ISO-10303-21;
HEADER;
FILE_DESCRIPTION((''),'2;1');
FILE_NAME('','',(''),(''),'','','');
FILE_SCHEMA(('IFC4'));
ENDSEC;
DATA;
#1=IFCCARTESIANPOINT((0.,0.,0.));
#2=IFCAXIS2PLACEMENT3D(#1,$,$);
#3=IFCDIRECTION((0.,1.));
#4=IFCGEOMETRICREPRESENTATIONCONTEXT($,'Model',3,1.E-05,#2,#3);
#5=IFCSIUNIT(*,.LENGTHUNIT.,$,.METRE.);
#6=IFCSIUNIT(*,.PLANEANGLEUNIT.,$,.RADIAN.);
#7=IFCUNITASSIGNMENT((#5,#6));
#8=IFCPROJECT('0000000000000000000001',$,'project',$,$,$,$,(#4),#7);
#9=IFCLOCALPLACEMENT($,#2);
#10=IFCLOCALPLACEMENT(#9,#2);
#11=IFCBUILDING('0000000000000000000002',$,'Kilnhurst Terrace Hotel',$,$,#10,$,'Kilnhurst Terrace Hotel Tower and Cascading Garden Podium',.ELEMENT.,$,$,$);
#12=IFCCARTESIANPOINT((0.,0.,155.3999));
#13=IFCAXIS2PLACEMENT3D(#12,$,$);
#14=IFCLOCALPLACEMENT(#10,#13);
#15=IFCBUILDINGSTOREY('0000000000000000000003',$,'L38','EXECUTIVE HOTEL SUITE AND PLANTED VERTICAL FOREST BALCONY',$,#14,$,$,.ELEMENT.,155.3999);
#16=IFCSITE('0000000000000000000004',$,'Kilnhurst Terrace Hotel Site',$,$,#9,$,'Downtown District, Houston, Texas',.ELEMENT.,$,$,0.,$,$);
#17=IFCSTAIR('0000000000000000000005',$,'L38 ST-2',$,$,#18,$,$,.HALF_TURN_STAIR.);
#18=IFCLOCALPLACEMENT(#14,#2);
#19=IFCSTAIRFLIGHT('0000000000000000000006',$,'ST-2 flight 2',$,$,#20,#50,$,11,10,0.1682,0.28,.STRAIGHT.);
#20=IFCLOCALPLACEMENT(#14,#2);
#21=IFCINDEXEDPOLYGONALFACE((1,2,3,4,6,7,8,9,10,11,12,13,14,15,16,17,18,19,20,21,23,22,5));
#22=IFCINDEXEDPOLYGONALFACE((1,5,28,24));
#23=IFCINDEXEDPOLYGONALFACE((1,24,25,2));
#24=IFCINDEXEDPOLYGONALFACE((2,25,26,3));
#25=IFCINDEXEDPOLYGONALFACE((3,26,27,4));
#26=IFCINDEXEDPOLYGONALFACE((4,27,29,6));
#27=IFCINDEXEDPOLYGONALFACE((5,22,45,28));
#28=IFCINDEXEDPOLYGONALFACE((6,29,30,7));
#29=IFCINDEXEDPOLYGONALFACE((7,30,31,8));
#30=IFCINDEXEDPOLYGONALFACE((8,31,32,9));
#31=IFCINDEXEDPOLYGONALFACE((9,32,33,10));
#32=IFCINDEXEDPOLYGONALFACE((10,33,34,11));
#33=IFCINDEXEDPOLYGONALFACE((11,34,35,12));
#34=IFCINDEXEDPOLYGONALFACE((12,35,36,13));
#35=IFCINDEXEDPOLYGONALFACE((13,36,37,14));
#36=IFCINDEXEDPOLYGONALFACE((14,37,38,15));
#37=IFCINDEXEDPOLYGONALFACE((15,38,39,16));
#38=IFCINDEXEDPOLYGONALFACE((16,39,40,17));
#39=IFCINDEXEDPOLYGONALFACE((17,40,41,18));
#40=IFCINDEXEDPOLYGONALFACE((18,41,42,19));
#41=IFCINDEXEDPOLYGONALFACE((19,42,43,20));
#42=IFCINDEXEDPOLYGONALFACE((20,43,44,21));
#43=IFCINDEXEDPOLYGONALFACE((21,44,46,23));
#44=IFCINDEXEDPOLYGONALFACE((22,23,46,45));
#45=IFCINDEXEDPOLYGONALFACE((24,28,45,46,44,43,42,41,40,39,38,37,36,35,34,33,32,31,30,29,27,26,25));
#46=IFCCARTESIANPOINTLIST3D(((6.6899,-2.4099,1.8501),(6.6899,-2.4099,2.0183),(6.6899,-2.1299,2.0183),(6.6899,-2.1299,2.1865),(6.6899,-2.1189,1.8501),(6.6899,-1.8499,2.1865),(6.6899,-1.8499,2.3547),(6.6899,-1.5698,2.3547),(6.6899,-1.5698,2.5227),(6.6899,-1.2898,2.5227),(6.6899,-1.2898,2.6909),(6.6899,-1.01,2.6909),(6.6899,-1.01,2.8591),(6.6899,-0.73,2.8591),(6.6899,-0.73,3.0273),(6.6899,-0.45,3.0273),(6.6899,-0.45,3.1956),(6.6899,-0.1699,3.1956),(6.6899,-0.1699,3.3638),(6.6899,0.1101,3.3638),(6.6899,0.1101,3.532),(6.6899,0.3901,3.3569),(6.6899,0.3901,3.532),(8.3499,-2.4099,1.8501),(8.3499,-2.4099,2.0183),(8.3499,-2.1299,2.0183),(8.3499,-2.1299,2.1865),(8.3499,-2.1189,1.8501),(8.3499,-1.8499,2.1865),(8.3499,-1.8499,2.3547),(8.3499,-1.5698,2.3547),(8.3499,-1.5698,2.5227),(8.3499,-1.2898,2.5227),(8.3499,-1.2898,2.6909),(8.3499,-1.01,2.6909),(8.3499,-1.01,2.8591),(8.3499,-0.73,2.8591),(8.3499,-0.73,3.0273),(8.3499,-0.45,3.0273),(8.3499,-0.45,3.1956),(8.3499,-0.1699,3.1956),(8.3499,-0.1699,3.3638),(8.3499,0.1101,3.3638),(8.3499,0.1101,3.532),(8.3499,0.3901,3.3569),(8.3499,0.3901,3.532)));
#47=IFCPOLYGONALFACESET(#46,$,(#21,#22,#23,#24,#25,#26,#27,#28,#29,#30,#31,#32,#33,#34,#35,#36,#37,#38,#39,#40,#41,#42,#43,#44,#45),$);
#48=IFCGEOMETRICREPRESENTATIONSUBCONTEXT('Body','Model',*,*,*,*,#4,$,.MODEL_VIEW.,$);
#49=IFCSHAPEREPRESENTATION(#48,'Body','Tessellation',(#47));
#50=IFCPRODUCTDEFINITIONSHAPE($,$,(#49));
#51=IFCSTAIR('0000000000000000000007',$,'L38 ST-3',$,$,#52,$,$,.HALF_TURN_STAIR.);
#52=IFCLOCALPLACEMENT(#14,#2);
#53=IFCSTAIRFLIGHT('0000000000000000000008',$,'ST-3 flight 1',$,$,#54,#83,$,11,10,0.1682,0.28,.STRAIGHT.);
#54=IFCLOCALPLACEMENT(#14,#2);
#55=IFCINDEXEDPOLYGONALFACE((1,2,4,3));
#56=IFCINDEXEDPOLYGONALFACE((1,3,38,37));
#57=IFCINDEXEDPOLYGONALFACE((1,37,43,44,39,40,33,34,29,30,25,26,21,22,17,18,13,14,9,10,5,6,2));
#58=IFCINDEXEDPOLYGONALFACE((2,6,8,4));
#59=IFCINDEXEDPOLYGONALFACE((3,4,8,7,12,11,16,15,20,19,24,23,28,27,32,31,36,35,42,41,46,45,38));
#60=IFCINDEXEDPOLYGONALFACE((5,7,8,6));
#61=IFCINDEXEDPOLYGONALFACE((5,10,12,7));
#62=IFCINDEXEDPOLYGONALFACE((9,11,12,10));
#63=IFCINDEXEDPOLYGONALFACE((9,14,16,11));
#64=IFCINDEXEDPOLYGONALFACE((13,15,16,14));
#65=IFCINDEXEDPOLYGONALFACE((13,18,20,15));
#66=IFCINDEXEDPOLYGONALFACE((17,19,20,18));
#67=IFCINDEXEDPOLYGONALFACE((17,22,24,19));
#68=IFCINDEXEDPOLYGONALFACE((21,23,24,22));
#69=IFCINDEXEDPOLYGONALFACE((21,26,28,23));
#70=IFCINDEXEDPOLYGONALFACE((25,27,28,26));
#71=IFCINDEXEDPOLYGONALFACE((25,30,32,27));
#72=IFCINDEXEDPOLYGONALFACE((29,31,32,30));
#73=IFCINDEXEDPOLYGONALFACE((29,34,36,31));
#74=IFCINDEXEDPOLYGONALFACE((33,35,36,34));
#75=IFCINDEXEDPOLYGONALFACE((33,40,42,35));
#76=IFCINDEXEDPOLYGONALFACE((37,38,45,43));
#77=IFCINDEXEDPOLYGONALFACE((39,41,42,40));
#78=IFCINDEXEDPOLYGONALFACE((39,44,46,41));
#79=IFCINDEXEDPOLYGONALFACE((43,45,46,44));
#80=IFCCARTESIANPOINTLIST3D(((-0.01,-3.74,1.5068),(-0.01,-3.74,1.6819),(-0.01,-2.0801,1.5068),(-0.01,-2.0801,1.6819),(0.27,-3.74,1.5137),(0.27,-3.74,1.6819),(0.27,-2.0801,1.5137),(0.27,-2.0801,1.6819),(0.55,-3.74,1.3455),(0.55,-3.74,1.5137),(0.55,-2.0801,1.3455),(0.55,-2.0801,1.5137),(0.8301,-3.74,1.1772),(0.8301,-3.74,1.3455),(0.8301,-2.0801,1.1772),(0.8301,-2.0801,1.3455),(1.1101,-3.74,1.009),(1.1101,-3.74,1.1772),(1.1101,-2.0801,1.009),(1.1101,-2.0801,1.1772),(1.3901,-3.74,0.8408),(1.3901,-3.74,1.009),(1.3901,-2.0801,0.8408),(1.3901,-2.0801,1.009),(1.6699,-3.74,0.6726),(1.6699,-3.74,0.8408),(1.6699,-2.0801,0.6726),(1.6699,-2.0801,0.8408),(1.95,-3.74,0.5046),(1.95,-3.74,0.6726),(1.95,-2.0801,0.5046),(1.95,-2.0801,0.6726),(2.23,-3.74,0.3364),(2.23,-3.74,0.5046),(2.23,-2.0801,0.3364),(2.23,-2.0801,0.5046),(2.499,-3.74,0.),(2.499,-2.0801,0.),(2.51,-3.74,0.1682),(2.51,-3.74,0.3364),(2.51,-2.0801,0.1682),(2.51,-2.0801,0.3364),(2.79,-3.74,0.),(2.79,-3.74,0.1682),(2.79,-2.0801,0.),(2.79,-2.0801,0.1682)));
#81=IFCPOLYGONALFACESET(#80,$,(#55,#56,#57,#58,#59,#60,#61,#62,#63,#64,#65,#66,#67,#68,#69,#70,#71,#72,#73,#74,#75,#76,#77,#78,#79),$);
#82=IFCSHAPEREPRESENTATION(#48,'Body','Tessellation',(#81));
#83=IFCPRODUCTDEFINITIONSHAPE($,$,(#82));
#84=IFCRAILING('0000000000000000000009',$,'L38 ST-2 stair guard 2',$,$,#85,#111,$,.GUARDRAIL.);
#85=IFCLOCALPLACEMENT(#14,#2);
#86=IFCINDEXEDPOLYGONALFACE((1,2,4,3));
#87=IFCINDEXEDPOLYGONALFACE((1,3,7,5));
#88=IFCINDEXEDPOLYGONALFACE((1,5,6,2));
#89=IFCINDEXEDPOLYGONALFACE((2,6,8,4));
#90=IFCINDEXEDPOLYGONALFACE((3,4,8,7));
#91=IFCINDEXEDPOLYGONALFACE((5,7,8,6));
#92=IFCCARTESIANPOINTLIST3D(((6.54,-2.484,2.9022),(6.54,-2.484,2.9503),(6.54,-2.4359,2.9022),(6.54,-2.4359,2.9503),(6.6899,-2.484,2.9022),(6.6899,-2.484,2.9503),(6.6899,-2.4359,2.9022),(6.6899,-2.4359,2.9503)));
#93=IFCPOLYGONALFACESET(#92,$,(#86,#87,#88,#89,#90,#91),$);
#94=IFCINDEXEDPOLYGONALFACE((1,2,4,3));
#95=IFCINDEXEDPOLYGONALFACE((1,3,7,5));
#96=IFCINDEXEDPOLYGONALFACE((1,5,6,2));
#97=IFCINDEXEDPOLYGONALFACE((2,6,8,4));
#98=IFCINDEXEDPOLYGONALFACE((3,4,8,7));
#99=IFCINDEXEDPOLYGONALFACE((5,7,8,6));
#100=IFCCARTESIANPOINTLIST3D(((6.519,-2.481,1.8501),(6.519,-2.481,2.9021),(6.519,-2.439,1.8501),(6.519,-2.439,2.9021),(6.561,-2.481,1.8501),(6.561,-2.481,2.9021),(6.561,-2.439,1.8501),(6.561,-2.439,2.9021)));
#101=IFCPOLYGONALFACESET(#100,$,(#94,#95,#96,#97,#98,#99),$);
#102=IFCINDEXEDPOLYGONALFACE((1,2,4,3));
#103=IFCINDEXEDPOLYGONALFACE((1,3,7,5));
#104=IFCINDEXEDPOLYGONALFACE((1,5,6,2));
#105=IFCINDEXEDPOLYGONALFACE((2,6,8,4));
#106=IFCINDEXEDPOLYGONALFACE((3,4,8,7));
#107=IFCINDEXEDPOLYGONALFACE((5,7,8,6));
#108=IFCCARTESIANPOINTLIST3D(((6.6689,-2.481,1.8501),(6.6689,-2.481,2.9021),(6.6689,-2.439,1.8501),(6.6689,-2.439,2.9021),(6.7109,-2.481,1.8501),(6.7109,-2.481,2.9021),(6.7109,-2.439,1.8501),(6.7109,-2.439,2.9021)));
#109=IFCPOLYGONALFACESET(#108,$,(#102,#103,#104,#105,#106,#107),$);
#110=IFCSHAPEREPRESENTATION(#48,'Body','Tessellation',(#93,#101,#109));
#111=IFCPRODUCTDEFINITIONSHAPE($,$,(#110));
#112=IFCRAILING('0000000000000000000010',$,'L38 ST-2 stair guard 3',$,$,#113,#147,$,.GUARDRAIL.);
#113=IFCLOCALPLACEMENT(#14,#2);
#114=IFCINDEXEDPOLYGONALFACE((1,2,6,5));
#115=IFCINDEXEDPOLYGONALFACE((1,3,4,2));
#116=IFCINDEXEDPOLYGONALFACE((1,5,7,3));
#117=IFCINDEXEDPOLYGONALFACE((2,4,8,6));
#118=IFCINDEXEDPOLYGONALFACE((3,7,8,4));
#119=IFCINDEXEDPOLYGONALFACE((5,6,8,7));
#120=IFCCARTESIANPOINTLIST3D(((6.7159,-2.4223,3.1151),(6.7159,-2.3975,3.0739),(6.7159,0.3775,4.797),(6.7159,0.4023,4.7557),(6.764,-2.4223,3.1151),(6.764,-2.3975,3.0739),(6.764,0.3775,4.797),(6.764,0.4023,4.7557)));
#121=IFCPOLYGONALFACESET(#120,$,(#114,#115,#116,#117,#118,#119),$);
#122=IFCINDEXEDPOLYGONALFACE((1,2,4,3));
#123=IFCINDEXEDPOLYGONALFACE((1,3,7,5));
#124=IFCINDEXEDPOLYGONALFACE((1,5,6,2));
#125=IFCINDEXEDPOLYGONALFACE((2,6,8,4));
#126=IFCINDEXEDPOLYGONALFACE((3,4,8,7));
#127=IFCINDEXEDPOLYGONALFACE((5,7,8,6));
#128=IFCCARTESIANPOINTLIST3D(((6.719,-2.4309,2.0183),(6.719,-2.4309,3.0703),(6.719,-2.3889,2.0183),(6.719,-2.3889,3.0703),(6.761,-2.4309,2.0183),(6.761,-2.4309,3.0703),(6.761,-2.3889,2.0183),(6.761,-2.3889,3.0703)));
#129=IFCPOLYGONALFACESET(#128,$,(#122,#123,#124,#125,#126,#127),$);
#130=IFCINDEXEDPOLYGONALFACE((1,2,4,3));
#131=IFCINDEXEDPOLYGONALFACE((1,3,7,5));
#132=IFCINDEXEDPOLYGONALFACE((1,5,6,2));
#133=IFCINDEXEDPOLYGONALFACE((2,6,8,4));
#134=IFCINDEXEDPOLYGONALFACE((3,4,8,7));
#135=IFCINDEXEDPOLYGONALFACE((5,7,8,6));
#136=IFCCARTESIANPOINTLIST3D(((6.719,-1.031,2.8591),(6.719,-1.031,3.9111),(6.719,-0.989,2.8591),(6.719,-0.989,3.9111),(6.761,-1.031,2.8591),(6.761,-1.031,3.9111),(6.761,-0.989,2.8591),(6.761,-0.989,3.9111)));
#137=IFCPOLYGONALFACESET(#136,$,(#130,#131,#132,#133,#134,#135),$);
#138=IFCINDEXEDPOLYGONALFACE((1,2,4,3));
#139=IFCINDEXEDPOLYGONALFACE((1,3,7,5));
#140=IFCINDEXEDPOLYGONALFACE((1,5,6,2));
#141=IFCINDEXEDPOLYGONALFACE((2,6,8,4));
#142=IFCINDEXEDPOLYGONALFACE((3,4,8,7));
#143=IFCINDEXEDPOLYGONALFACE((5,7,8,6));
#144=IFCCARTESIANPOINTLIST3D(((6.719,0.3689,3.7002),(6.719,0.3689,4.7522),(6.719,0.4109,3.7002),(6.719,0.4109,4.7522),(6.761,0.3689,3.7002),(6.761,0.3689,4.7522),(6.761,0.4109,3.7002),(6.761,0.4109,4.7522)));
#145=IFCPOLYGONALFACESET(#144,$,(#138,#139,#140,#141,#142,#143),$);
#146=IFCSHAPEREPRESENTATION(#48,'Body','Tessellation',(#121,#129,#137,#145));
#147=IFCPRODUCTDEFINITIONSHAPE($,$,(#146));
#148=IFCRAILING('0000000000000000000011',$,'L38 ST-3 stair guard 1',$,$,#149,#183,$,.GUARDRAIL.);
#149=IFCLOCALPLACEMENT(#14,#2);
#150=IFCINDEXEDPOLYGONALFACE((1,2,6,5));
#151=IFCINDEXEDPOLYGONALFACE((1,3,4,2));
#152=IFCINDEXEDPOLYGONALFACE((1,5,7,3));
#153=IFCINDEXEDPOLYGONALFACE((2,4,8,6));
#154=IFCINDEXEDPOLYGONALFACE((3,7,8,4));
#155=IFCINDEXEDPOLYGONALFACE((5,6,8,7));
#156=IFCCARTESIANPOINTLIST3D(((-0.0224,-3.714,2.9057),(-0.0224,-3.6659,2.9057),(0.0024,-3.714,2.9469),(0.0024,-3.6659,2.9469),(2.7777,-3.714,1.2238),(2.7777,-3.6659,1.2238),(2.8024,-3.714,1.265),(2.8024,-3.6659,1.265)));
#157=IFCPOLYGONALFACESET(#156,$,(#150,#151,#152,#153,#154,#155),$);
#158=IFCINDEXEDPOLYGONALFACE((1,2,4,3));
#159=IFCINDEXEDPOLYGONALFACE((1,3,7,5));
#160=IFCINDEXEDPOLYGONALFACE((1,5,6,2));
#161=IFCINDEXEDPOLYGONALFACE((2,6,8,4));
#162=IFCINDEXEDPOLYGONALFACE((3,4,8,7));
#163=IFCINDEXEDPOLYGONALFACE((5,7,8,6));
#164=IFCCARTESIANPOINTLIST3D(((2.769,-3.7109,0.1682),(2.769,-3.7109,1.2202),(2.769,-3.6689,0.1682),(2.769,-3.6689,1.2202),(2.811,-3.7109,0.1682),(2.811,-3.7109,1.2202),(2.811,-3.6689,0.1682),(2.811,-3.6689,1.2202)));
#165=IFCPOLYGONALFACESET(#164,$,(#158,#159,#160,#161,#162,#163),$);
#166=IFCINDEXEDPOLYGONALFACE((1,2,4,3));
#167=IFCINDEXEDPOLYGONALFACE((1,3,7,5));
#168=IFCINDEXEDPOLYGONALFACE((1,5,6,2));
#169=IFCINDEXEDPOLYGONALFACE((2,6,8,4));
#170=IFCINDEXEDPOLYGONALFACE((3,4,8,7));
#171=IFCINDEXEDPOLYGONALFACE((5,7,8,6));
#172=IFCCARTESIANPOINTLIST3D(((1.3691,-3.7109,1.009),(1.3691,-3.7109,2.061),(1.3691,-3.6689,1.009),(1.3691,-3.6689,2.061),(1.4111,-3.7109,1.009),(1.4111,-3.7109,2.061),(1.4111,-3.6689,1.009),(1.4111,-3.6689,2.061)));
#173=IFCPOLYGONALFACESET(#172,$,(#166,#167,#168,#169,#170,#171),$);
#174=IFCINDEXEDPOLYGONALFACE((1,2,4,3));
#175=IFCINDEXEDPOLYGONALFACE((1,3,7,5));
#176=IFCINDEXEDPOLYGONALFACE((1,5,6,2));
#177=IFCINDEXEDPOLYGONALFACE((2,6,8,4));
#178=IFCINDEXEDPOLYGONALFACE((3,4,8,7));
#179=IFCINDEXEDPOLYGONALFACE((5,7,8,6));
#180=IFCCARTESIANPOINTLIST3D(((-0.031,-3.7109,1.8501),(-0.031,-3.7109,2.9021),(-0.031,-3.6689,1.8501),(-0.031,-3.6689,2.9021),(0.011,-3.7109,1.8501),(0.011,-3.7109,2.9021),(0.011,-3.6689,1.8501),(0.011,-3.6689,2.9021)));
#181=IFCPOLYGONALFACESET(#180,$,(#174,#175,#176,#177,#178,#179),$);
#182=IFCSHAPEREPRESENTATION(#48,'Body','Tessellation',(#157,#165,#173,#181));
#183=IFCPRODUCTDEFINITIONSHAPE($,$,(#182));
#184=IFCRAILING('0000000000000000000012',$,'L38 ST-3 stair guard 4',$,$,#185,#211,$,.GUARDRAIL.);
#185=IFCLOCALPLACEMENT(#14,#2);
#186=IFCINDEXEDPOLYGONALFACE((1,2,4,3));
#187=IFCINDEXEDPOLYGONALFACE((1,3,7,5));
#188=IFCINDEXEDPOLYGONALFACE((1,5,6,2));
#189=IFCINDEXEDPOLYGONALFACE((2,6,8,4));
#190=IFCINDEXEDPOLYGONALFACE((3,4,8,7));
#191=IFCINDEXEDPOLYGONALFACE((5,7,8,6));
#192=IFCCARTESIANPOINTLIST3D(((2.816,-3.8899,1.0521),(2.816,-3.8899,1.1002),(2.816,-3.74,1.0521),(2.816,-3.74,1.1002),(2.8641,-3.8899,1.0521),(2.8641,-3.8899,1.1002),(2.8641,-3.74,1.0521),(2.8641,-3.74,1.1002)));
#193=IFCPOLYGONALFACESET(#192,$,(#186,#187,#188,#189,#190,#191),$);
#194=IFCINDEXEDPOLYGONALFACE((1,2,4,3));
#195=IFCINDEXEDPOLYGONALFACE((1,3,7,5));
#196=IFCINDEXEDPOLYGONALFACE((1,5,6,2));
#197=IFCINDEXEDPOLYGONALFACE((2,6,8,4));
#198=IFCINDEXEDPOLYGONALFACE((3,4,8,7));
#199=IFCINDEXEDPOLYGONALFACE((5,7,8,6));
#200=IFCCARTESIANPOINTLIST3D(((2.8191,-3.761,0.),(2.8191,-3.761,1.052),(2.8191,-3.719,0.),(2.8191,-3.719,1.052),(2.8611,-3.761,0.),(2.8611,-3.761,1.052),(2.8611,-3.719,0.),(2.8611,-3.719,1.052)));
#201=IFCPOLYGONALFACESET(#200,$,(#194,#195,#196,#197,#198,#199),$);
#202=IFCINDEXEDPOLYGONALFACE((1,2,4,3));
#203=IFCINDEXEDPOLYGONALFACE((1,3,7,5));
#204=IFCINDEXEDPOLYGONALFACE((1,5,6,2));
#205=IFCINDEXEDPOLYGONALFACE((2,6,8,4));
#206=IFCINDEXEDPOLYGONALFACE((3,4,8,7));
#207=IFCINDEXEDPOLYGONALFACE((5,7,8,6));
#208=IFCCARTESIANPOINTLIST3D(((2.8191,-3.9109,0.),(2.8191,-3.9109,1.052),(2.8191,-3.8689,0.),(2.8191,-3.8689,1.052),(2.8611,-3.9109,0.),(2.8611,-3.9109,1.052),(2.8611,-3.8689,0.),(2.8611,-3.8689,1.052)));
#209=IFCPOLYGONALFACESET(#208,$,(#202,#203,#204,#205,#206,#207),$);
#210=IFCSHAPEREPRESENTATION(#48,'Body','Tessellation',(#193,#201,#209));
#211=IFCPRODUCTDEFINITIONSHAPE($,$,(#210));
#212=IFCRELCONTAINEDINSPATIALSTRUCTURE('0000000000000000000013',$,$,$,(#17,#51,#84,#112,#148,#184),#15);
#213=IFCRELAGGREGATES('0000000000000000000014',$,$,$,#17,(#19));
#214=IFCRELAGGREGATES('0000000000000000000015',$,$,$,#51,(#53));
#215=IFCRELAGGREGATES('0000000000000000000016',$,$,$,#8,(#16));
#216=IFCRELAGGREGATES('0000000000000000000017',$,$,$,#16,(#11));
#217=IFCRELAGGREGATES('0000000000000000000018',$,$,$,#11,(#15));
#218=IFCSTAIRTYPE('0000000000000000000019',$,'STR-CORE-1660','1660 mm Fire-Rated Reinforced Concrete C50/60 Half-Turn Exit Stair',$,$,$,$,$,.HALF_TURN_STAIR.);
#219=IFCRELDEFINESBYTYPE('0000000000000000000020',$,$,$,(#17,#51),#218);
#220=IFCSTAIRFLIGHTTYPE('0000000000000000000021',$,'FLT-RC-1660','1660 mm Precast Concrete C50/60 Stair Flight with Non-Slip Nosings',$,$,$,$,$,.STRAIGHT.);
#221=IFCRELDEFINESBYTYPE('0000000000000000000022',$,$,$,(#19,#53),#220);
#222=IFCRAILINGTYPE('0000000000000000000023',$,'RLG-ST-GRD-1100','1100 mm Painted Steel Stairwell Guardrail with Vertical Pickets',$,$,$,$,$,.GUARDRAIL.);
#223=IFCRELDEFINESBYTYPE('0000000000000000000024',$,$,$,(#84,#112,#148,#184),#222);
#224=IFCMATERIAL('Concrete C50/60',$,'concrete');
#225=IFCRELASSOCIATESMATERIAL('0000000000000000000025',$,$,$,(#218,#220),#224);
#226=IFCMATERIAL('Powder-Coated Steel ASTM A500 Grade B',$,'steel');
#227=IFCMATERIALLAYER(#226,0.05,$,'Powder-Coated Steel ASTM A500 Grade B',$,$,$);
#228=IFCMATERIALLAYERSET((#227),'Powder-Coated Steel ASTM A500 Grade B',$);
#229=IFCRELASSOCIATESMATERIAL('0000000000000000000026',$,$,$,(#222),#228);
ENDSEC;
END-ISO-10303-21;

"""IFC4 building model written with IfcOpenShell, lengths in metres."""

from ifc_helpers import new_model, si_unit, direction, frame, origin, origin_2d, place, context, subcontext, project, spatial, polyline, rectangle, outline, extrude, material, layer, layer_set, type_object, element, aggregate, save


model = new_model("IFC4")

# Units and contexts
model_context = context("Model", 3, precision=1e-05, world=origin(), true_north=direction((0.0, 1.0)))
body_context = subcontext(model_context, "Body", "Model", "MODEL_VIEW")
ifc_project = project(units=[si_unit("LENGTHUNIT", "METRE"), si_unit("PLANEANGLEUNIT", "RADIAN")], contexts=[model_context])

# Site, building, storey
site_placement = place(None, origin())
site = spatial("IfcSite", under=ifc_project, at=site_placement, Name="Kilnhurst Terrace Hotel Site", LongName="Downtown District, Houston, Texas", CompositionType="ELEMENT", RefElevation=0.0)
building_placement = place(site_placement, origin())
building = spatial("IfcBuilding", under=site, at=building_placement, Name="Kilnhurst Terrace Hotel", LongName="Kilnhurst Terrace Hotel Tower and Cascading Garden Podium", CompositionType="ELEMENT")
storey_placement = place(building_placement, frame((0.0, 0.0, 155.3999)))
storey = spatial("IfcBuildingStorey", under=building, at=storey_placement, Name="L38", Description="EXECUTIVE HOTEL SUITE AND PLANTED VERTICAL FOREST BALCONY", CompositionType="ELEMENT", Elevation=155.3999)

# Shared definitions
ifc_material_1 = material(Name="Concrete C50/60", Category="concrete")

# Stairs, stair flights
stair_type = type_object("IfcStairType", Name="STR-CORE-1660", Description="1660 mm Fire-Rated Reinforced Concrete C50/60 Half-Turn Exit Stair", PredefinedType="HALF_TURN_STAIR", material=ifc_material_1)
stair_1_placement = place(storey_placement, origin())
stair_1 = element("IfcStair", 1, at=stair_1_placement, inside=storey, type_object=stair_type, Name="L38 ST-2", PredefinedType="HALF_TURN_STAIR")
stair_flight_type = type_object("IfcStairFlightType", Name="FLT-RC-1660", Description="1660 mm Precast Concrete C50/60 Stair Flight with Non-Slip Nosings", PredefinedType="STRAIGHT", material=ifc_material_1)
stair_flight_1_placement = place(storey_placement, frame((7.52, -2.4099, 1.8501), z_axis=(0.0, 0.0, 1.0), x_axis=(0.0, 1.0, 0.0)))
stair_flight_1 = element("IfcStairFlight", 2, at=stair_flight_1_placement, type_object=stair_flight_type, Name="ST-2 flight 2", NumberOfRisers=11, NumberOfTreads=10, PredefinedType="STRAIGHT", RiserHeight=0.1682, TreadLength=0.28, context=body_context, shape_type="SweptSolid", body=[
    extrude(outline(polyline([(0.0, 0.0), (0.0, 0.1682), (0.28, 0.1682), (0.28, 0.3364), (0.5601, 0.3364), (0.5601, 0.5046), (0.8401, 0.5046), (0.8401, 0.6726), (1.1201, 0.6726), (1.1201, 0.8408), (1.3999, 0.8408), (1.3999, 1.009), (1.6799, 1.009), (1.6799, 1.1772), (1.96, 1.1772), (1.96, 1.3455), (2.24, 1.3455), (2.24, 1.5137), (2.52, 1.5137), (2.52, 1.6819), (2.8, 1.6819), (2.8, 1.8501), (2.8, 1.5068), (0.291, 0.0), (0.0, 0.0)])), frame((0.0, 0.8301, 0.0), z_axis=(0.0, -1.0, 0.0), x_axis=(1.0, 0.0, 0.0)), (0.0, 0.0, 1.0), 1.6599),
])
aggregate(stair_1, [stair_flight_1])
stair_2_placement = place(storey_placement, origin())
stair_2 = element("IfcStair", 3, at=stair_2_placement, inside=storey, type_object=stair_type, Name="L38 ST-3", PredefinedType="HALF_TURN_STAIR")
stair_flight_2_placement = place(storey_placement, frame((2.79, -2.9099, 0.0), z_axis=(0.0, 0.0, 1.0), x_axis=(-1.0, 0.0, 0.0)))
stair_flight_2 = element("IfcStairFlight", 4, at=stair_flight_2_placement, type_object=stair_flight_type, Name="ST-3 flight 1", NumberOfRisers=11, NumberOfTreads=10, PredefinedType="STRAIGHT", RiserHeight=0.1682, TreadLength=0.28, context=body_context, shape_type="SweptSolid", body=[
    extrude(outline(polyline([(0.0, 0.0), (0.0, 0.1682), (0.28, 0.1682), (0.28, 0.3364), (0.5601, 0.3364), (0.5601, 0.5046), (0.8401, 0.5046), (0.8401, 0.6726), (1.1201, 0.6726), (1.1201, 0.8408), (1.3999, 0.8408), (1.3999, 1.009), (1.6799, 1.009), (1.6799, 1.1772), (1.96, 1.1772), (1.96, 1.3455), (2.24, 1.3455), (2.24, 1.5137), (2.52, 1.5137), (2.52, 1.6819), (2.8, 1.6819), (2.8, 1.8501), (2.8, 1.5068), (0.291, 0.0), (0.0, 0.0)])), frame((0.0, 0.8301, 0.0), z_axis=(0.0, -1.0, 0.0), x_axis=(1.0, 0.0, 0.0)), (0.0, 0.0, 1.0), 1.6599),
])
aggregate(stair_2, [stair_flight_2])

# Railings
ifc_material_2 = material(Name="Powder-Coated Steel ASTM A500 Grade B", Category="steel")
ifc_layer_1 = layer(ifc_material_2, 0.05, Name="Powder-Coated Steel ASTM A500 Grade B")
ifc_layer_set_1 = layer_set([ifc_layer_1], Name="Powder-Coated Steel ASTM A500 Grade B")
railing_type_1 = type_object("IfcRailingType", Name="RLG-ST-GRD-1100", Description="1100 mm Painted Steel Stairwell Guardrail with Vertical Pickets", PredefinedType="GUARDRAIL", material=ifc_layer_set_1)
railing_1_placement = place(storey_placement, frame((6.54, -2.46, 1.8501)))
element("IfcRailing", 5, at=railing_1_placement, inside=storey, type_object=railing_type_1, Name="L38 ST-2 stair guard 2", PredefinedType="GUARDRAIL", context=body_context, shape_type="SweptSolid", body=[
    extrude(rectangle(XDim=0.0481, YDim=0.0481, at=origin_2d()), frame((0.0, 0.0, 1.0762), z_axis=(1.0, 0.0, 0.0), x_axis=(0.0, 1.0, 0.0)), (0.0, 0.0, 1.0), 0.1499),
    extrude(rectangle(XDim=0.042, YDim=0.042, at=origin_2d()), origin(), (0.0, 0.0, 1.0), 1.052),
    extrude(rectangle(XDim=0.042, YDim=0.042, at=origin_2d()), frame((0.1499, 0.0, 0.0)), (0.0, 0.0, 1.0), 1.052),
])
railing_2_placement = place(storey_placement, frame((6.74, -2.4099, 2.0183)))
element("IfcRailing", 6, at=railing_2_placement, inside=storey, type_object=railing_type_1, Name="L38 ST-2 stair guard 3", PredefinedType="GUARDRAIL", context=body_context, shape_type="SweptSolid", body=[
    extrude(rectangle(XDim=0.0481, YDim=0.0481, at=origin_2d()), frame((0.0, 0.0, 1.0762), z_axis=(0.0, 0.857222, 0.514946), x_axis=(-1.0, 0.0, 0.0)), (0.0, 0.0, 1.0), 3.2661),
    extrude(rectangle(XDim=0.042, YDim=0.042, at=origin_2d()), origin(), (0.0, 0.0, 1.0), 1.052),
    extrude(rectangle(XDim=0.042, YDim=0.042, at=origin_2d()), frame((0.0, 1.3999, 0.8408)), (0.0, 0.0, 1.0), 1.052),
    extrude(rectangle(XDim=0.042, YDim=0.042, at=origin_2d()), frame((0.0, 2.7998, 1.6819)), (0.0, 0.0, 1.0), 1.052),
])
railing_3_placement = place(storey_placement, frame((2.79, -3.6899, 0.1682)))
element("IfcRailing", 7, at=railing_3_placement, inside=storey, type_object=railing_type_1, Name="L38 ST-3 stair guard 1", PredefinedType="GUARDRAIL", context=body_context, shape_type="SweptSolid", body=[
    extrude(rectangle(XDim=0.0481, YDim=0.0481, at=origin_2d()), frame((0.0, 0.0, 1.0762), z_axis=(-0.857242, 0.0, 0.514913), x_axis=(0.0, -1.0, 0.0)), (0.0, 0.0, 1.0), 3.2664),
    extrude(rectangle(XDim=0.042, YDim=0.042, at=origin_2d()), origin(), (0.0, 0.0, 1.0), 1.052),
    extrude(rectangle(XDim=0.042, YDim=0.042, at=origin_2d()), frame((-1.3999, 0.0, 0.8408)), (0.0, 0.0, 1.0), 1.052),
    extrude(rectangle(XDim=0.042, YDim=0.042, at=origin_2d()), frame((-2.8, 0.0, 1.6819)), (0.0, 0.0, 1.0), 1.052),
])
railing_4_placement = place(storey_placement, frame((2.8401, -3.74, 0.0)))
element("IfcRailing", 8, at=railing_4_placement, inside=storey, type_object=railing_type_1, Name="L38 ST-3 stair guard 4", PredefinedType="GUARDRAIL", context=body_context, shape_type="SweptSolid", body=[
    extrude(rectangle(XDim=0.0481, YDim=0.0481, at=origin_2d()), frame((0.0, 0.0, 1.0762), z_axis=(0.0, -1.0, 0.0), x_axis=(1.0, 0.0, 0.0)), (0.0, 0.0, 1.0), 0.1499),
    extrude(rectangle(XDim=0.042, YDim=0.042, at=origin_2d()), origin(), (0.0, 0.0, 1.0), 1.052),
    extrude(rectangle(XDim=0.042, YDim=0.042, at=origin_2d()), frame((0.0, -0.1499, 0.0)), (0.0, 0.0, 1.0), 1.052),
])

save(model, "model.ifc")
